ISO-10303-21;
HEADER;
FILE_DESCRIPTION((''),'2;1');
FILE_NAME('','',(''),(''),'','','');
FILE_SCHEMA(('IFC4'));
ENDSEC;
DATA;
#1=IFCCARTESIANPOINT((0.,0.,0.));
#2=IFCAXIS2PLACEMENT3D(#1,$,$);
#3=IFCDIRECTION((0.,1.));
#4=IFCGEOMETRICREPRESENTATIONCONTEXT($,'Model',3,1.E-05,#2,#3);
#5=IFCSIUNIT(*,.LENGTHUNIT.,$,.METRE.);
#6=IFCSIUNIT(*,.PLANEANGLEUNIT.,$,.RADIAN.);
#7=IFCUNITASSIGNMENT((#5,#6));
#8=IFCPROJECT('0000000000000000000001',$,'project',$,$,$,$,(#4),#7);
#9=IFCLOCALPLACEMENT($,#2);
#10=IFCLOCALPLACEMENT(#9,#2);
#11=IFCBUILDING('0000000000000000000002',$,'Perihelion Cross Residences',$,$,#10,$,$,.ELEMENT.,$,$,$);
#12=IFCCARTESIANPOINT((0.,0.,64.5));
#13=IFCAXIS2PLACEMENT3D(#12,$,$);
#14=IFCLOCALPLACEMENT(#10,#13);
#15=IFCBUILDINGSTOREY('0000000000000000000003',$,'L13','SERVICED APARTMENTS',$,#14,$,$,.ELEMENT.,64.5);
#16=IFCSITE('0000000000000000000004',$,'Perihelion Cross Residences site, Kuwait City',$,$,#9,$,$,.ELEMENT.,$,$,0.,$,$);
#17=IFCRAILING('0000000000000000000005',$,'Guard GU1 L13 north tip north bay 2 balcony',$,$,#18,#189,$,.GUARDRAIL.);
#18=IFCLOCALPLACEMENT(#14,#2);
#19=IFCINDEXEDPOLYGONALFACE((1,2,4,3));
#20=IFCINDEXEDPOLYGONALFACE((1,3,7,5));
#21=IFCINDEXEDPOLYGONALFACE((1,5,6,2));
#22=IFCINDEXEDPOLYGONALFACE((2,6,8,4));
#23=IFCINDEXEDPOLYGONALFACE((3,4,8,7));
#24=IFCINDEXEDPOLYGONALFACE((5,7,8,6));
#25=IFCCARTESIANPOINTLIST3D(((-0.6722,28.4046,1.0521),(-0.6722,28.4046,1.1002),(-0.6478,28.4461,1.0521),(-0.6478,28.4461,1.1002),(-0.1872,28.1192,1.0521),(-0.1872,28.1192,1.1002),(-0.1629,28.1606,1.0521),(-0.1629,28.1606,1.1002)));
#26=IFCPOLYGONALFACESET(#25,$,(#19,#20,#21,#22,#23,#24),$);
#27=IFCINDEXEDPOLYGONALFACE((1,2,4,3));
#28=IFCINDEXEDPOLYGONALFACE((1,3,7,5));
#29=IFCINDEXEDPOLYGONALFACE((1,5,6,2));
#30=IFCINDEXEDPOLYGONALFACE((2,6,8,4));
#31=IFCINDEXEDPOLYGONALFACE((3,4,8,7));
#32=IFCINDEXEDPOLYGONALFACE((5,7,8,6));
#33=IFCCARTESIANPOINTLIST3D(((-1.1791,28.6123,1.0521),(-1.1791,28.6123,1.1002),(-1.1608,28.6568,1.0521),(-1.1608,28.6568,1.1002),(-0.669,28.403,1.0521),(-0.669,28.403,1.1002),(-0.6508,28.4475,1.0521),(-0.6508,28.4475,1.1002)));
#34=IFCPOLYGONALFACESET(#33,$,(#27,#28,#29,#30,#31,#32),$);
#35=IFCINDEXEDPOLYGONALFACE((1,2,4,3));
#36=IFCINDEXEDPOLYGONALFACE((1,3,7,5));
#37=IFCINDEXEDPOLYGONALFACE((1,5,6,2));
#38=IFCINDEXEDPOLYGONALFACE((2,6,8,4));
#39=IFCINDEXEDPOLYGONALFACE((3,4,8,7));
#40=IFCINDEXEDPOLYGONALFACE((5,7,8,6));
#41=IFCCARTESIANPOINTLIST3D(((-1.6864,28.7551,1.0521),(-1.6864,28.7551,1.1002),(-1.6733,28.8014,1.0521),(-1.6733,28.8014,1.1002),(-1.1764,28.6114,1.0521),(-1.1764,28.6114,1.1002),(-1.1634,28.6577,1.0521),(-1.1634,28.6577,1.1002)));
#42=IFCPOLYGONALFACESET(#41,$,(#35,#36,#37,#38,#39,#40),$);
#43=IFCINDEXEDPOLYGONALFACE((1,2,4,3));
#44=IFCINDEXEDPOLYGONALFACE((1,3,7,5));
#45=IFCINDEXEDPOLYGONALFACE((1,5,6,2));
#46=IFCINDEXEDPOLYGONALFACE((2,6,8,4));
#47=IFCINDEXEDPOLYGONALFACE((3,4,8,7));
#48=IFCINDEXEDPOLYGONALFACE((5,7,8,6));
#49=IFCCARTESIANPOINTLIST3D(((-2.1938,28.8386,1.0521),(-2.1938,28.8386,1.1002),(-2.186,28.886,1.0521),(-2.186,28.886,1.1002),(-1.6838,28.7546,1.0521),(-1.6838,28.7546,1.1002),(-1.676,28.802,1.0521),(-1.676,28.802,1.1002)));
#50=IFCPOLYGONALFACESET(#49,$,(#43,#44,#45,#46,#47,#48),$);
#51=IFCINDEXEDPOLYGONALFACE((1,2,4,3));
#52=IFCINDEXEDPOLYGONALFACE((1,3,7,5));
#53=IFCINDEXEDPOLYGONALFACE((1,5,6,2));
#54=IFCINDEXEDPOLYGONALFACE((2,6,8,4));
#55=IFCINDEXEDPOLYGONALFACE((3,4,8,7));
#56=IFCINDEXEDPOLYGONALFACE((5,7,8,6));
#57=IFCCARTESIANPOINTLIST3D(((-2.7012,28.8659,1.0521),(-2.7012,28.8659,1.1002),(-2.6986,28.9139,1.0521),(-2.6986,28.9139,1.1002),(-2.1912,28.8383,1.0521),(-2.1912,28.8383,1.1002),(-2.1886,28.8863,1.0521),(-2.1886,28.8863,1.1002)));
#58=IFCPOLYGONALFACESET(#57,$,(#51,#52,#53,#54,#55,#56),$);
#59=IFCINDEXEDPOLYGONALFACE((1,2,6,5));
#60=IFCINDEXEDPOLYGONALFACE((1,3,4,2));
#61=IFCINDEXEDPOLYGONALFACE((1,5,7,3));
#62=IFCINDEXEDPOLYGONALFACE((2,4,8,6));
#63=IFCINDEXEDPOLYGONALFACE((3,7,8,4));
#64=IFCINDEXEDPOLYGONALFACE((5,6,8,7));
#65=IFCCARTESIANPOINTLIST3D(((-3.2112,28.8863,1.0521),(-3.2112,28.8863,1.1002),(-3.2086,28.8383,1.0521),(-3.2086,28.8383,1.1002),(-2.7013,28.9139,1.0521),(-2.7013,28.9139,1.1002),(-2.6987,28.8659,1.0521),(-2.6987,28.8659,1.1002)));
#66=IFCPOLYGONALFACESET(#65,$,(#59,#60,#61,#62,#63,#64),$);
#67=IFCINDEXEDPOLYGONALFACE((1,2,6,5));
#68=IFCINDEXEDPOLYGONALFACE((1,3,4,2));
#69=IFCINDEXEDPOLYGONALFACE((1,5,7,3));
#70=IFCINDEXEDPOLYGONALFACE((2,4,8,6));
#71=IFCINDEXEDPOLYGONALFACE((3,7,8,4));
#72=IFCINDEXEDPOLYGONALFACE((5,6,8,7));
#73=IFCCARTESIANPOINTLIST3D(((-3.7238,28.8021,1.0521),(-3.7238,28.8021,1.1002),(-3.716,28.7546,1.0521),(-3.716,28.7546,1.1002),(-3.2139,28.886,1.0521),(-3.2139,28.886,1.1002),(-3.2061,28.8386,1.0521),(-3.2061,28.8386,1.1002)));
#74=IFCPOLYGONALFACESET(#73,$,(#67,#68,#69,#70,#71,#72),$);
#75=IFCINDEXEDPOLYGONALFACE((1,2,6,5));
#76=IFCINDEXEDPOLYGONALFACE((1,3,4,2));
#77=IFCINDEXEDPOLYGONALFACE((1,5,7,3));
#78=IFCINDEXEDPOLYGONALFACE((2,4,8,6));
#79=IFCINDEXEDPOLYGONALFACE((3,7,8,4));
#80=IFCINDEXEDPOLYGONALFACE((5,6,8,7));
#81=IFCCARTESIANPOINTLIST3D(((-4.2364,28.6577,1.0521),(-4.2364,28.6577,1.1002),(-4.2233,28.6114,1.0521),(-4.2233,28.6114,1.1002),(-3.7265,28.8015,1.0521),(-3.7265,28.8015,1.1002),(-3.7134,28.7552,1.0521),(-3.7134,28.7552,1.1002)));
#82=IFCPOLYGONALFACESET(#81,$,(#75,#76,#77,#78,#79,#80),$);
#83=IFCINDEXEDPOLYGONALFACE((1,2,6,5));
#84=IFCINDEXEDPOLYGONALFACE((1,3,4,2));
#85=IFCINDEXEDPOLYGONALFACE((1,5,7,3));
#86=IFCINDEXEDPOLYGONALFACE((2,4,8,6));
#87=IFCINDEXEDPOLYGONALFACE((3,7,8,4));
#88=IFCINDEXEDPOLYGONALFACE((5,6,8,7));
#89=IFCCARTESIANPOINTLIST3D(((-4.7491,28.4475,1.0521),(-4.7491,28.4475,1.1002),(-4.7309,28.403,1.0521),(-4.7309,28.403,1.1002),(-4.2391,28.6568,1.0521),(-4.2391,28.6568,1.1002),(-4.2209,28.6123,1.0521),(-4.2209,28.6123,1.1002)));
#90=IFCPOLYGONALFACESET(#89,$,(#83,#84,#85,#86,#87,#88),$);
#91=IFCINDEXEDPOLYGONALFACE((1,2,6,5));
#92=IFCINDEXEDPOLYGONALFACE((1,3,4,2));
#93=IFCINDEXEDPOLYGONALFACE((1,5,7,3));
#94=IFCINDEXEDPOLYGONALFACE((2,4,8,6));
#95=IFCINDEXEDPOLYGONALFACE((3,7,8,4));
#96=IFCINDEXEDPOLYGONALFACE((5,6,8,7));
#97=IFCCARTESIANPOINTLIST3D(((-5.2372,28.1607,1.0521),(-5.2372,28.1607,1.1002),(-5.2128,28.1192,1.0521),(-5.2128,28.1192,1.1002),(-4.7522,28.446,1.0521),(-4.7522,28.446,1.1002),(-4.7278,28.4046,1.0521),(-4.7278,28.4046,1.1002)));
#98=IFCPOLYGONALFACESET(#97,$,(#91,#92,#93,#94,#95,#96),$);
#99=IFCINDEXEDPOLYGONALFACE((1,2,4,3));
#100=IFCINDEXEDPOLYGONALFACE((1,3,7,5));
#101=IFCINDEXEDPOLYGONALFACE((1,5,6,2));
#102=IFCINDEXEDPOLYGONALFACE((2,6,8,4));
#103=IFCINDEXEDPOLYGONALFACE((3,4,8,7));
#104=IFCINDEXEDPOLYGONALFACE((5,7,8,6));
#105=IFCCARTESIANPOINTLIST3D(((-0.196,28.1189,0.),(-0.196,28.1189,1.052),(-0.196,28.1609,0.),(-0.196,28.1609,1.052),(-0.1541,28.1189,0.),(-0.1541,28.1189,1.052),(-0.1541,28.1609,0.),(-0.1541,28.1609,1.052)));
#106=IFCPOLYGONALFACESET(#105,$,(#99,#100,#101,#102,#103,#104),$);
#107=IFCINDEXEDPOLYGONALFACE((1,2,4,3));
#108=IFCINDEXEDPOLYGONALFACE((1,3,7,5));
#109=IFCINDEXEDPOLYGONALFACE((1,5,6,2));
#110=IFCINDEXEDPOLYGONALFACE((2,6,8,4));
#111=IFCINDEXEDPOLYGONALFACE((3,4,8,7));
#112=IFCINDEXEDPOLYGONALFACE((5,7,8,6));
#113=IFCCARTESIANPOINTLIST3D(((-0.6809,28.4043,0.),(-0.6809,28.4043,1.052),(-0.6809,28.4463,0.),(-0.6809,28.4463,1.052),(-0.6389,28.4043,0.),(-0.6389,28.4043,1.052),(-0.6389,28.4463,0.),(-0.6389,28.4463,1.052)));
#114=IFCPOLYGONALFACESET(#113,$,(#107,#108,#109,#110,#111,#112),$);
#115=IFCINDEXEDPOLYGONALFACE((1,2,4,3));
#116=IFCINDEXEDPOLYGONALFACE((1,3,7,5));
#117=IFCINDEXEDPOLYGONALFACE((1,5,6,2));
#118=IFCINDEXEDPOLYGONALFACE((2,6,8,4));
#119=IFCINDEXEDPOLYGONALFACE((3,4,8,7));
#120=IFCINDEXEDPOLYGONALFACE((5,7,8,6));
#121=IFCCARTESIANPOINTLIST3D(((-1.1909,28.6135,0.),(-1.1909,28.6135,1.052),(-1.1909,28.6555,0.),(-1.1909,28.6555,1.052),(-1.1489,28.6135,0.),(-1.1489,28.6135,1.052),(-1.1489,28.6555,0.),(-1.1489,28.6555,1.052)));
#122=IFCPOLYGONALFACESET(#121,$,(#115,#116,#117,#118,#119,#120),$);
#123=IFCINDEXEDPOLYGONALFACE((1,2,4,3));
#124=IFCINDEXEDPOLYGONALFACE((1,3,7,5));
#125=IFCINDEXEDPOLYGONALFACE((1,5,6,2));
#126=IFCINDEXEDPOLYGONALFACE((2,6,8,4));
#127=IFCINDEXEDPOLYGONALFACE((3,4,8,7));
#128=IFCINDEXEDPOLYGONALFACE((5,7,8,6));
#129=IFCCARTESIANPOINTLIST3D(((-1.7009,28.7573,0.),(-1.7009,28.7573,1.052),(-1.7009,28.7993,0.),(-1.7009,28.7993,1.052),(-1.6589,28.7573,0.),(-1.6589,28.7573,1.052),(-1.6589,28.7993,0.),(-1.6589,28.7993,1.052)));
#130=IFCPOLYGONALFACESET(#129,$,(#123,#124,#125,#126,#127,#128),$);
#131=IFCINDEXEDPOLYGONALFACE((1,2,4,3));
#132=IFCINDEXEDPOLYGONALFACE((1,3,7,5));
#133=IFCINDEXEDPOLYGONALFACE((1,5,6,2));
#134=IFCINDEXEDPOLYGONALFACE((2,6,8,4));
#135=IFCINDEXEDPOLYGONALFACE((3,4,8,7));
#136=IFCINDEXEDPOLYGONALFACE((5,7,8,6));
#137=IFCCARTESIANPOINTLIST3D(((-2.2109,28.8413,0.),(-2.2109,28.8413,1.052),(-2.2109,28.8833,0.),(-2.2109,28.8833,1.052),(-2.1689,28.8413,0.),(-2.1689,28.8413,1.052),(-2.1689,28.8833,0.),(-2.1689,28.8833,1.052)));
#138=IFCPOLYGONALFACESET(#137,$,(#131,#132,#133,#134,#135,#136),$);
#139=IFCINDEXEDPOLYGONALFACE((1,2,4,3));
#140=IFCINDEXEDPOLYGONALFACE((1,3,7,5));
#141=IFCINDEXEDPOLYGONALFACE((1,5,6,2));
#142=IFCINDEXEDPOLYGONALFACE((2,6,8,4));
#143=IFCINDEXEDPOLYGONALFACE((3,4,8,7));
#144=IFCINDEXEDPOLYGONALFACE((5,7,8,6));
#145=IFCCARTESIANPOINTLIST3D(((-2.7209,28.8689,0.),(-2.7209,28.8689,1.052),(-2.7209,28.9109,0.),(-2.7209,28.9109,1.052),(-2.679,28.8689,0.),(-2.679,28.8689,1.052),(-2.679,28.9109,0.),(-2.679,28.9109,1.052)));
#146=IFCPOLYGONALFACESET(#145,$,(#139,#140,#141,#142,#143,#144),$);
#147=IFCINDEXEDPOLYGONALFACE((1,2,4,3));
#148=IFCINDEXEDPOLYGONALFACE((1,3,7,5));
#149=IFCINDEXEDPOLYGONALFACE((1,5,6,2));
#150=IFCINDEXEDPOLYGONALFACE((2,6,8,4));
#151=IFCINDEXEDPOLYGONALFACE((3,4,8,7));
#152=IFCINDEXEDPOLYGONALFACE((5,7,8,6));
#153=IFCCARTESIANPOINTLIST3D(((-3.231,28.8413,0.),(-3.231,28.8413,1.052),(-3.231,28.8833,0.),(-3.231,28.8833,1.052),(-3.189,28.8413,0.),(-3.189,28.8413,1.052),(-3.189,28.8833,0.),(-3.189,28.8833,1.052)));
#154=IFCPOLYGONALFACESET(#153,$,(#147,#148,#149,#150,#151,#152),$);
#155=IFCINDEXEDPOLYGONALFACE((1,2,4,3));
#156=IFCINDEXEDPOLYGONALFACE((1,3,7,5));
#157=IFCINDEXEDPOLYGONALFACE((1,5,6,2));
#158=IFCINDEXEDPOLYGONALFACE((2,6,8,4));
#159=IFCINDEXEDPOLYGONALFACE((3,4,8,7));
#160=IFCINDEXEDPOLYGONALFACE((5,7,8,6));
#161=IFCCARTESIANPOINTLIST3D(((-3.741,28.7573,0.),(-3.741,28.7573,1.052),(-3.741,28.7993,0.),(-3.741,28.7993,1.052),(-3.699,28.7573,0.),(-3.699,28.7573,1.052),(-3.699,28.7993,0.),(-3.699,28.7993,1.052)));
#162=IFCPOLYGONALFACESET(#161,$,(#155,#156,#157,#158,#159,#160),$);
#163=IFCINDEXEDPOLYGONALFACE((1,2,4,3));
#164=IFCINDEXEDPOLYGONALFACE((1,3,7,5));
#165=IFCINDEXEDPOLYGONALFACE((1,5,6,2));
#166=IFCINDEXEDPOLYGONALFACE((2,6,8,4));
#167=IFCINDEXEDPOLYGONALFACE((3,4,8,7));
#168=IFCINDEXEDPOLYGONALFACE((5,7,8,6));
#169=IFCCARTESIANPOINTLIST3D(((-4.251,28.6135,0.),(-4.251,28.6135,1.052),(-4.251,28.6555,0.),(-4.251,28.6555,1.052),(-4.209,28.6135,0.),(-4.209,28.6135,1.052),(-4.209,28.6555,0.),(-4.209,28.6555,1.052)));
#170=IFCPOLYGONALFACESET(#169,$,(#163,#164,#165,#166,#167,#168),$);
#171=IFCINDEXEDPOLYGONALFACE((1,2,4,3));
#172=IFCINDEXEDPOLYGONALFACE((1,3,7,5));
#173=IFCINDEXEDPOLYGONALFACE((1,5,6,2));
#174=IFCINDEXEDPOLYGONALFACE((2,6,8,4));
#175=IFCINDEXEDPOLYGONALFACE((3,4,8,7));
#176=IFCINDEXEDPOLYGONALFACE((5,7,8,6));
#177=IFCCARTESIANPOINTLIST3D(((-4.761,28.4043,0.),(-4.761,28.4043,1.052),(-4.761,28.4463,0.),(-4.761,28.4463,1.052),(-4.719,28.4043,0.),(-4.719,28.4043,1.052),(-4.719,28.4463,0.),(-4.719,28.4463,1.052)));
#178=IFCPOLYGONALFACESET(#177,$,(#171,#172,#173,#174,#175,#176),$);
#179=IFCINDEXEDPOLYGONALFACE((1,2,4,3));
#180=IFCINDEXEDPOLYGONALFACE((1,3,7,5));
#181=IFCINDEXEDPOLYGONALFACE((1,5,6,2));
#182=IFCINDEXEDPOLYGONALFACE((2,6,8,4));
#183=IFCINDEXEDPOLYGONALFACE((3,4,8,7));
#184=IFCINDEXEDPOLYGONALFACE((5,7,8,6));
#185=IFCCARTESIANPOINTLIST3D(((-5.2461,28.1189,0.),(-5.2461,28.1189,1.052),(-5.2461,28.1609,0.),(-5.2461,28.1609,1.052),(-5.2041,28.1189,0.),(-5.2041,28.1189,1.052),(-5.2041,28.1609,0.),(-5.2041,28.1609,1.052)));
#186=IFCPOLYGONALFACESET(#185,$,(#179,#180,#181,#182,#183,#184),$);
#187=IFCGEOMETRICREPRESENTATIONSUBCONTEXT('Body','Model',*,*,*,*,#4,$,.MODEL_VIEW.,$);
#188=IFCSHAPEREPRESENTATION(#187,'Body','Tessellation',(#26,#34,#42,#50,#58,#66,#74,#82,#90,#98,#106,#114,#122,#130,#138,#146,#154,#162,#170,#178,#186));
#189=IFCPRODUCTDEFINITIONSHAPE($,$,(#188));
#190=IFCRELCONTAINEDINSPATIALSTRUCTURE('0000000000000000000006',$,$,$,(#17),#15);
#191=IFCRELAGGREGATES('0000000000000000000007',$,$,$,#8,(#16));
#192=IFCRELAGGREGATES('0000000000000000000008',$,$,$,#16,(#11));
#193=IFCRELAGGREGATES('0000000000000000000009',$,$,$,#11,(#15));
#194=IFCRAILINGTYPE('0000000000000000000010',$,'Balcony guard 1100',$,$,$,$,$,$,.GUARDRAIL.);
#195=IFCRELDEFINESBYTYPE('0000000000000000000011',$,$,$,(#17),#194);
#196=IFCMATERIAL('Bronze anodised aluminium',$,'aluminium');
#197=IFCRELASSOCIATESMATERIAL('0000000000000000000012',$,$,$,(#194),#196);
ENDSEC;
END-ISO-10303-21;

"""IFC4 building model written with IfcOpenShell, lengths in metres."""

from ifc_helpers import new_model, si_unit, direction, frame, origin, origin_2d, place, context, subcontext, project, spatial, rectangle, extrude, material, type_object, element, save


model = new_model("IFC4")

# Units and contexts
model_context = context("Model", 3, precision=1e-05, world=origin(), true_north=direction((0.0, 1.0)))
body_context = subcontext(model_context, "Body", "Model", "MODEL_VIEW")
ifc_project = project(units=[si_unit("LENGTHUNIT", "METRE"), si_unit("PLANEANGLEUNIT", "RADIAN")], contexts=[model_context])

# Site, building, storey
site_placement = place(None, origin())
site = spatial("IfcSite", under=ifc_project, at=site_placement, Name="Perihelion Cross Residences site, Kuwait City", CompositionType="ELEMENT", RefElevation=0.0)
building_placement = place(site_placement, origin())
building = spatial("IfcBuilding", under=site, at=building_placement, Name="Perihelion Cross Residences", CompositionType="ELEMENT")
storey_placement = place(building_placement, frame((0.0, 0.0, 64.5)))
storey = spatial("IfcBuildingStorey", under=building, at=storey_placement, Name="L13", Description="SERVICED APARTMENTS", CompositionType="ELEMENT", Elevation=64.5)

# Railing
ifc_material_1 = material(Name="Bronze anodised aluminium", Category="aluminium")
railing_type = type_object("IfcRailingType", Name="Balcony guard 1100", PredefinedType="GUARDRAIL", material=ifc_material_1)
railing_placement = place(storey_placement, frame((-0.175, 28.1399, 0.0)))
element("IfcRailing", 1, at=railing_placement, inside=storey, type_object=railing_type, Name="Guard GU1 L13 north tip north bay 2 balcony", PredefinedType="GUARDRAIL", context=body_context, shape_type="SweptSolid", body=[
    extrude(rectangle(XDim=0.0481, YDim=0.0481, at=origin_2d()), frame((0.0, 0.0, 1.0762), z_axis=(-0.861789, 0.507267, 0.0), x_axis=(-0.507267, -0.861789, 0.0)), (0.0, 0.0, 1.0), 0.5627),
    extrude(rectangle(XDim=0.0481, YDim=0.0481, at=origin_2d()), frame((-0.4849, 0.2854, 1.0762), z_axis=(-0.925173, 0.379547, 0.0), x_axis=(-0.379547, -0.925173, 0.0)), (0.0, 0.0, 1.0), 0.5513),
    extrude(rectangle(XDim=0.0481, YDim=0.0481, at=origin_2d()), frame((-0.9949, 0.4946, 1.0762), z_axis=(-0.962474, 0.271373, 0.0), x_axis=(-0.271373, -0.962474, 0.0)), (0.0, 0.0, 1.0), 0.5298),
    extrude(rectangle(XDim=0.0481, YDim=0.0481, at=origin_2d()), frame((-1.5049, 0.6384, 1.0762), z_axis=(-0.986711, 0.162484, 0.0), x_axis=(-0.162484, -0.986711, 0.0)), (0.0, 0.0, 1.0), 0.5168),
    extrude(rectangle(XDim=0.0481, YDim=0.0481, at=origin_2d()), frame((-2.0149, 0.7224, 1.0762), z_axis=(-0.99854, 0.054014, 0.0), x_axis=(-0.054014, -0.99854, 0.0)), (0.0, 0.0, 1.0), 0.5107),
    extrude(rectangle(XDim=0.0481, YDim=0.0481, at=origin_2d()), frame((-2.5249, 0.75, 1.0762), z_axis=(-0.99854, -0.054014, 0.0), x_axis=(0.054014, -0.99854, 0.0)), (0.0, 0.0, 1.0), 0.5107),
    extrude(rectangle(XDim=0.0481, YDim=0.0481, at=origin_2d()), frame((-3.0349, 0.7224, 1.0762), z_axis=(-0.986711, -0.162484, 0.0), x_axis=(0.162484, -0.986711, 0.0)), (0.0, 0.0, 1.0), 0.5168),
    extrude(rectangle(XDim=0.0481, YDim=0.0481, at=origin_2d()), frame((-3.5449, 0.6384, 1.0762), z_axis=(-0.962474, -0.271373, 0.0), x_axis=(0.271373, -0.962474, 0.0)), (0.0, 0.0, 1.0), 0.5298),
    extrude(rectangle(XDim=0.0481, YDim=0.0481, at=origin_2d()), frame((-4.0549, 0.4946, 1.0762), z_axis=(-0.925173, -0.379547, 0.0), x_axis=(0.379547, -0.925173, 0.0)), (0.0, 0.0, 1.0), 0.5513),
    extrude(rectangle(XDim=0.0481, YDim=0.0481, at=origin_2d()), frame((-4.5649, 0.2854, 1.0762), z_axis=(-0.861901, -0.507077, 0.0), x_axis=(0.507077, -0.861901, 0.0)), (0.0, 0.0, 1.0), 0.5627),
    extrude(rectangle(XDim=0.042, YDim=0.042, at=origin_2d()), origin(), (0.0, 0.0, 1.0), 1.052),
    extrude(rectangle(XDim=0.042, YDim=0.042, at=origin_2d()), frame((-0.4849, 0.2854, 0.0)), (0.0, 0.0, 1.0), 1.052),
    extrude(rectangle(XDim=0.042, YDim=0.042, at=origin_2d()), frame((-0.9949, 0.4946, 0.0)), (0.0, 0.0, 1.0), 1.052),
    extrude(rectangle(XDim=0.042, YDim=0.042, at=origin_2d()), frame((-1.5049, 0.6384, 0.0)), (0.0, 0.0, 1.0), 1.052),
    extrude(rectangle(XDim=0.042, YDim=0.042, at=origin_2d()), frame((-2.0149, 0.7224, 0.0)), (0.0, 0.0, 1.0), 1.052),
    extrude(rectangle(XDim=0.042, YDim=0.042, at=origin_2d()), frame((-2.5249, 0.75, 0.0)), (0.0, 0.0, 1.0), 1.052),
    extrude(rectangle(XDim=0.042, YDim=0.042, at=origin_2d()), frame((-3.0349, 0.7224, 0.0)), (0.0, 0.0, 1.0), 1.052),
    extrude(rectangle(XDim=0.042, YDim=0.042, at=origin_2d()), frame((-3.5449, 0.6384, 0.0)), (0.0, 0.0, 1.0), 1.052),
    extrude(rectangle(XDim=0.042, YDim=0.042, at=origin_2d()), frame((-4.0549, 0.4946, 0.0)), (0.0, 0.0, 1.0), 1.052),
    extrude(rectangle(XDim=0.042, YDim=0.042, at=origin_2d()), frame((-4.5649, 0.2854, 0.0)), (0.0, 0.0, 1.0), 1.052),
    extrude(rectangle(XDim=0.042, YDim=0.042, at=origin_2d()), frame((-5.05, 0.0, 0.0)), (0.0, 0.0, 1.0), 1.052),
])

save(model, "model.ifc")
